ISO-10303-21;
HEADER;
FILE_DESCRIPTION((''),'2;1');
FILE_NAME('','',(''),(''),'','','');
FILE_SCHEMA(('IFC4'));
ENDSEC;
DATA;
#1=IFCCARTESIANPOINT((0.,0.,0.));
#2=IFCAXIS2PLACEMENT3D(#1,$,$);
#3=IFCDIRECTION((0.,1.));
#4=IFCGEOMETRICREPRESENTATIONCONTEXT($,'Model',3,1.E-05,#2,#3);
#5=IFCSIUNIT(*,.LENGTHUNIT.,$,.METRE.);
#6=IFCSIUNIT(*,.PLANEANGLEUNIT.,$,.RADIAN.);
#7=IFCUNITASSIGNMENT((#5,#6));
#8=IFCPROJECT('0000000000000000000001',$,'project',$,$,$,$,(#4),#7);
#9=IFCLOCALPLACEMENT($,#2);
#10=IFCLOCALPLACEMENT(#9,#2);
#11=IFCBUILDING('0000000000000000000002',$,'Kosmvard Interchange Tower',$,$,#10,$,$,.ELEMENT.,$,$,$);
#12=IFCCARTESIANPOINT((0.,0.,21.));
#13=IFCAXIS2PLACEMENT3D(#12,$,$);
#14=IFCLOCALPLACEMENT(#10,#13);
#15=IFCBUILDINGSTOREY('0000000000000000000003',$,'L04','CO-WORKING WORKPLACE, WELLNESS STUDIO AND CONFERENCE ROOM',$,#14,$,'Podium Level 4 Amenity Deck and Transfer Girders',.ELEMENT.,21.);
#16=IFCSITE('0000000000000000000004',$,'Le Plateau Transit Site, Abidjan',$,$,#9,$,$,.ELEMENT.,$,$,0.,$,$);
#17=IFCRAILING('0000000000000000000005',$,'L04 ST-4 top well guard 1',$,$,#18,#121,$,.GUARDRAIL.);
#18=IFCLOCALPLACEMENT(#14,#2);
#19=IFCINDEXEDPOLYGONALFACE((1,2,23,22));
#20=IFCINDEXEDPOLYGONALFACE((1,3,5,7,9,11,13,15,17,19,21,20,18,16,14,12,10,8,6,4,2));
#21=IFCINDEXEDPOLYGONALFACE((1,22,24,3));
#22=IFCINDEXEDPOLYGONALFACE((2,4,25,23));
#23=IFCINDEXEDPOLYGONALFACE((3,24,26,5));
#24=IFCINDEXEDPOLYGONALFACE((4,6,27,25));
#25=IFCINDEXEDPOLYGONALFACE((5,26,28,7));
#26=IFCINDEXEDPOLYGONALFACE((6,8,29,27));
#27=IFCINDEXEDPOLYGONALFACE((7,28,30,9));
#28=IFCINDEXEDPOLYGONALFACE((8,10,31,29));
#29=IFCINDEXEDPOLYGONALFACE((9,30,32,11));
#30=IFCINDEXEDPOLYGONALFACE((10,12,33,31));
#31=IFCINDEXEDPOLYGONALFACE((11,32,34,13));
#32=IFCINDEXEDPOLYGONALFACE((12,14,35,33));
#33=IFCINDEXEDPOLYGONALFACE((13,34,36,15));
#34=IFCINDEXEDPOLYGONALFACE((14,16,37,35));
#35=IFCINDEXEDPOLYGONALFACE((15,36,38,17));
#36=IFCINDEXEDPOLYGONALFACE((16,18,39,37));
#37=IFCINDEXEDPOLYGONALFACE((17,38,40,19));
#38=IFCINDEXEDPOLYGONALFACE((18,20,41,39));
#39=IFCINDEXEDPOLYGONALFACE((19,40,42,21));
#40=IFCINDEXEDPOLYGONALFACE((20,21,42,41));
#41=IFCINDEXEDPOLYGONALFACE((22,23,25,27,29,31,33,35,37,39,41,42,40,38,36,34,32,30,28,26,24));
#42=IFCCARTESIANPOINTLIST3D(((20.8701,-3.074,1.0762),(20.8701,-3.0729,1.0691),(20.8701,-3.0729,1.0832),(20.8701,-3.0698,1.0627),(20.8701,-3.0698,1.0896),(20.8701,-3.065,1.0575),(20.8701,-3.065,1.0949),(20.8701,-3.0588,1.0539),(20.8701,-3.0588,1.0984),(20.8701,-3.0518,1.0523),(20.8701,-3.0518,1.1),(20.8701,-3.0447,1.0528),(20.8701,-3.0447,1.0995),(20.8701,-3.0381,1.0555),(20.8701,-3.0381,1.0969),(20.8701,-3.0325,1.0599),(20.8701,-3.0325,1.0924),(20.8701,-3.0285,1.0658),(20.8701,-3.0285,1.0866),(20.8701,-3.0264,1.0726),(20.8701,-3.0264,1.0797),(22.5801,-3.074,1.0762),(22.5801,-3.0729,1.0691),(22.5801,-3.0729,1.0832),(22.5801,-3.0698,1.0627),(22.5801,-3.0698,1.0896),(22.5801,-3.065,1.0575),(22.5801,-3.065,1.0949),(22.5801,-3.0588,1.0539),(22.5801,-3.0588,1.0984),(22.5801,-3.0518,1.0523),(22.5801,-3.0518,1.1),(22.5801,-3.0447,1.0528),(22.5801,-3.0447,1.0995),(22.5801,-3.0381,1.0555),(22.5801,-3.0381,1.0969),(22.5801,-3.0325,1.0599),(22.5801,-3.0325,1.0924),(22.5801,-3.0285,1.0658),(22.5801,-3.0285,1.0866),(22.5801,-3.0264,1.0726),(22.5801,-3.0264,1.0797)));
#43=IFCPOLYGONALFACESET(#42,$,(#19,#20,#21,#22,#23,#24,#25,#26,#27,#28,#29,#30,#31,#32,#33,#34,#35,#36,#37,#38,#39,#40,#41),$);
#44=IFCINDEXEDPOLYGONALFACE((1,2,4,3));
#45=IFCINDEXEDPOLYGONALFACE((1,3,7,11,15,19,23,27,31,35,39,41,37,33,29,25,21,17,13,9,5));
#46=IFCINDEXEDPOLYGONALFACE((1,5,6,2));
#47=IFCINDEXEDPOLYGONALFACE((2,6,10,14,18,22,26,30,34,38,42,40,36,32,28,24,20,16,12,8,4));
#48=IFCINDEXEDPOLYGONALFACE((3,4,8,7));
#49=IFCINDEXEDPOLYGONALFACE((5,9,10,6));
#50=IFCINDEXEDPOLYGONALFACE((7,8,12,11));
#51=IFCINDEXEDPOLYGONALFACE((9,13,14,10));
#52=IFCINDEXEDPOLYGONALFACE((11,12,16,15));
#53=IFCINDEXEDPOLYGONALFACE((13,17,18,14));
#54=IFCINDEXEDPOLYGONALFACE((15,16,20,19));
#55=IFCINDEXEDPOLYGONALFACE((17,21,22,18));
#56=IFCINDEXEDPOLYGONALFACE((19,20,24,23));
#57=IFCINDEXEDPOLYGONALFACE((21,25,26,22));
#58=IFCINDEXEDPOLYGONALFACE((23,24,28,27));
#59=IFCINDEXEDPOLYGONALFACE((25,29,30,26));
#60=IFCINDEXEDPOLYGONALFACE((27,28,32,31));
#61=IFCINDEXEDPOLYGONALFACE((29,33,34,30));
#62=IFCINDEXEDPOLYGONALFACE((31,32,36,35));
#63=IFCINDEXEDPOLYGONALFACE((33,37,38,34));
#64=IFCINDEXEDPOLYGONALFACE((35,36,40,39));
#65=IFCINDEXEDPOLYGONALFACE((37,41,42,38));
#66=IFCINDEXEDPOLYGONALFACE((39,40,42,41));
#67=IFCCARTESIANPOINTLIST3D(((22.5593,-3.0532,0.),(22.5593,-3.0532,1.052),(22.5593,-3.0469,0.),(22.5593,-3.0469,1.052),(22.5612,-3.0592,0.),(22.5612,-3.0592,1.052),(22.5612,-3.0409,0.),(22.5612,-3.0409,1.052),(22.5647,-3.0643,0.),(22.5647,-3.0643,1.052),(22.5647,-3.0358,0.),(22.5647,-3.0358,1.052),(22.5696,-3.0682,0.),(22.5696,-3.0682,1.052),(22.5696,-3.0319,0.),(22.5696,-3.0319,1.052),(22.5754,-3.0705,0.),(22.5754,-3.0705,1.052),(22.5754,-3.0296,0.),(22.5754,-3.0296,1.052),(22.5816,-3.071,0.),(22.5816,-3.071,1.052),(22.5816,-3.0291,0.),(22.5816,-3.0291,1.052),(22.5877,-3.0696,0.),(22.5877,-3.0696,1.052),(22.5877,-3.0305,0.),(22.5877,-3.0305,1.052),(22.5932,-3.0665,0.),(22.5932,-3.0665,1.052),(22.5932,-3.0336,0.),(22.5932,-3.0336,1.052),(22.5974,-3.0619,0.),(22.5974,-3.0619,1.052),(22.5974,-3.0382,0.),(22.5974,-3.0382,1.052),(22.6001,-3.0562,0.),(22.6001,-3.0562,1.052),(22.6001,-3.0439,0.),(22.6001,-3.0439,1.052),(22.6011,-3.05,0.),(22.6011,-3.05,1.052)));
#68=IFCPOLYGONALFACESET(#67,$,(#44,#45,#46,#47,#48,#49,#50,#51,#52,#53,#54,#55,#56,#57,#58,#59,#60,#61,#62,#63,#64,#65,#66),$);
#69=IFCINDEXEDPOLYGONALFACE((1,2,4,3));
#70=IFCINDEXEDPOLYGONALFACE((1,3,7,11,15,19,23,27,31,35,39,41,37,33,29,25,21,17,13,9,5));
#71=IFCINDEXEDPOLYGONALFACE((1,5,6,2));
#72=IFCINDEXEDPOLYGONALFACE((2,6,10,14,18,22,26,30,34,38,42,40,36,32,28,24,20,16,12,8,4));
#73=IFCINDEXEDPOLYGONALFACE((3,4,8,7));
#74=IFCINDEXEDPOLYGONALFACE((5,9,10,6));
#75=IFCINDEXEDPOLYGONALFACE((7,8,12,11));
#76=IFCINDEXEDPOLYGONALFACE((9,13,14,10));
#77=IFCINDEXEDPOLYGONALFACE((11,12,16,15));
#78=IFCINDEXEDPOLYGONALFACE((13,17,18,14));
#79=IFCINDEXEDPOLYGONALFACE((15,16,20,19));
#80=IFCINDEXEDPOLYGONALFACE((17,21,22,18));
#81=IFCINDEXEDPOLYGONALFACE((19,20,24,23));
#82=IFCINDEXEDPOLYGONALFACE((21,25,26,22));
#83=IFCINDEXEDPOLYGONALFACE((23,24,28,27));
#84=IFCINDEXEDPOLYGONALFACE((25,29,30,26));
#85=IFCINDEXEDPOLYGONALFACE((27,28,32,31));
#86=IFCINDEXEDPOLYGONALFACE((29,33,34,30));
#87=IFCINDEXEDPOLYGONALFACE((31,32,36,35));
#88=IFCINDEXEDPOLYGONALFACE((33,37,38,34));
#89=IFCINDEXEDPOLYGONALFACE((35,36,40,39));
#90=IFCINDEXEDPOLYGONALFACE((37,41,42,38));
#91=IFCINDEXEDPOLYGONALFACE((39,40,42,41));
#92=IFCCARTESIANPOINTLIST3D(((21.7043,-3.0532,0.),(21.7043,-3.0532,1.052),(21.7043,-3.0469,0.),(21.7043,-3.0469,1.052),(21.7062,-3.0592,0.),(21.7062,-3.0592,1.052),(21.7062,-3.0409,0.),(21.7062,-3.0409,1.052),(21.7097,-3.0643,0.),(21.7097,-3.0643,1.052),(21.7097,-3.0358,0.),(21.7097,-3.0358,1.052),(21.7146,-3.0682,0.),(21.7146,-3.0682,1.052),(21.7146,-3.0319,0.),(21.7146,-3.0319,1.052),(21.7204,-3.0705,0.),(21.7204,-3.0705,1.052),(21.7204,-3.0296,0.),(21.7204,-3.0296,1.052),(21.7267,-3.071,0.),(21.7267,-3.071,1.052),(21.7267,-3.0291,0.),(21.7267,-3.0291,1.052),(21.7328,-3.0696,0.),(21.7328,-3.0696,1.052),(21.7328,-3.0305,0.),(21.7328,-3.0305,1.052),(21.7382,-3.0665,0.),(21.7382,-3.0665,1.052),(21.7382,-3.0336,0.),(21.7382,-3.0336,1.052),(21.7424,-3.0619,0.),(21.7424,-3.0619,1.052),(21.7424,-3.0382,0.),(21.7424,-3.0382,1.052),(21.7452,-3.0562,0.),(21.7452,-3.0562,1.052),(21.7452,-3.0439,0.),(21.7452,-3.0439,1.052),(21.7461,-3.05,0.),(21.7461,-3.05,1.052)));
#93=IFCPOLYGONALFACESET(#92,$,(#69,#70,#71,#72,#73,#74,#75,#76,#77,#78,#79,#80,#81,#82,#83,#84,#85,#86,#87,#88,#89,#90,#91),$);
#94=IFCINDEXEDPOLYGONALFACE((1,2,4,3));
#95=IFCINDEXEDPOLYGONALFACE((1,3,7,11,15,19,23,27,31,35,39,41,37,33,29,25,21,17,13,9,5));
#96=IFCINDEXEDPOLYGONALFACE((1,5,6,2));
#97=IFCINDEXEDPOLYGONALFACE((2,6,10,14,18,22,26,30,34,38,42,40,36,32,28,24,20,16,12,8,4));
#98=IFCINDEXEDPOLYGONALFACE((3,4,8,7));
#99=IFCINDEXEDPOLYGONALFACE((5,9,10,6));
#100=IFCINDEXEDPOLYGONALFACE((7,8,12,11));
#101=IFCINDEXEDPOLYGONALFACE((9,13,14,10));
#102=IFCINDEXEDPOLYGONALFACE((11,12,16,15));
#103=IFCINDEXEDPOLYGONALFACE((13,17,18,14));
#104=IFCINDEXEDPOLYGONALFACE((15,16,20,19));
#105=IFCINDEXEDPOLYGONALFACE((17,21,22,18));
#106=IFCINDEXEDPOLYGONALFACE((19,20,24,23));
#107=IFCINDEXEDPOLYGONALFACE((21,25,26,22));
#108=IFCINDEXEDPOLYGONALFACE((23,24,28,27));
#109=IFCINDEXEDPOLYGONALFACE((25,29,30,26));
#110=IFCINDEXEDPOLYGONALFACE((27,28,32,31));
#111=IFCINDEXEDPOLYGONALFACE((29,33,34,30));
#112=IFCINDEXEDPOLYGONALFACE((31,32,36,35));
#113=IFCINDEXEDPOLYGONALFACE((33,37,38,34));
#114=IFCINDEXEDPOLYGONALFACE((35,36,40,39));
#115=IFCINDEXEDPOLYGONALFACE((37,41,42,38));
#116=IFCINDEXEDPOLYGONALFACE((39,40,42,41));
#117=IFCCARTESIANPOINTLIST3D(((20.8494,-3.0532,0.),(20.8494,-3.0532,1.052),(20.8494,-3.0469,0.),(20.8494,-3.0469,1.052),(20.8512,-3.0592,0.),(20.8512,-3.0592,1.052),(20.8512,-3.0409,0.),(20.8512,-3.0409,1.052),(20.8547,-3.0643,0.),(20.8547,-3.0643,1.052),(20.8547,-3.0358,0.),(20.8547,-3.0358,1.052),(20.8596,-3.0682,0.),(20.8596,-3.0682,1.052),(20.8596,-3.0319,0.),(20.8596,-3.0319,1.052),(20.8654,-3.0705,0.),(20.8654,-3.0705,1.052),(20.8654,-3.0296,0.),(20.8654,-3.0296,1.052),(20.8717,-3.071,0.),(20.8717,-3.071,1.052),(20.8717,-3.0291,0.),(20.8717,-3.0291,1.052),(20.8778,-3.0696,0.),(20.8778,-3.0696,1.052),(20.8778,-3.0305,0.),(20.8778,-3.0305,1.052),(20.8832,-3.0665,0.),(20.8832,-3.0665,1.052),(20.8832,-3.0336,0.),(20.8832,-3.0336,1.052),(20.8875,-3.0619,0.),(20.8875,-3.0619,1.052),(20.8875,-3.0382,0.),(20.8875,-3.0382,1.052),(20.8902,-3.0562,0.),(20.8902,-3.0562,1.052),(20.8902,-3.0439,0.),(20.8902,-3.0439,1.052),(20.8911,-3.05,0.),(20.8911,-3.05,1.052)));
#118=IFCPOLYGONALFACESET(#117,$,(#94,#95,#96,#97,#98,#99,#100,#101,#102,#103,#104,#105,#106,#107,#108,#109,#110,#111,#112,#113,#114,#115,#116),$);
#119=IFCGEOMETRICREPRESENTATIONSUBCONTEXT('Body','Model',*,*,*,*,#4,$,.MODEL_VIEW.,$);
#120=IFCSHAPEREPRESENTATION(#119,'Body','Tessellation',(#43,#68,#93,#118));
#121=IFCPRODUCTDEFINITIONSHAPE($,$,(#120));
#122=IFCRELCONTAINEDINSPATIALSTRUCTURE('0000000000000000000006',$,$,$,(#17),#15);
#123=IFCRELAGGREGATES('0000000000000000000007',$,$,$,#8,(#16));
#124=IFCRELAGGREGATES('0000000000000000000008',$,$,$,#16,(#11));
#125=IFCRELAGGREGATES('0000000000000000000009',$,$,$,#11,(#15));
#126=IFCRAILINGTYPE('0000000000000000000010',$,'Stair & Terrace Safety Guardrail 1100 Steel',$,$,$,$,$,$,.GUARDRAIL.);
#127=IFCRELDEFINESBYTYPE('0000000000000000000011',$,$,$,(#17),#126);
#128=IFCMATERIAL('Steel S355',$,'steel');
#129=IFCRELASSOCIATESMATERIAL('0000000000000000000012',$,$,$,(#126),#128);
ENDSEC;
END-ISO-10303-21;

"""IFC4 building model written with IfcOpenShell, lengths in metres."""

from ifc_helpers import new_model, si_unit, direction, frame, origin, origin_2d, place, context, subcontext, project, spatial, circle, extrude, source, transform, mapped, material, type_object, element, save


model = new_model("IFC4")

# Units and contexts
model_context = context("Model", 3, precision=1e-05, world=origin(), true_north=direction((0.0, 1.0)))
body_context = subcontext(model_context, "Body", "Model", "MODEL_VIEW")
ifc_project = project(units=[si_unit("LENGTHUNIT", "METRE"), si_unit("PLANEANGLEUNIT", "RADIAN")], contexts=[model_context])

# Site, building, storey
site_placement = place(None, origin())
site = spatial("IfcSite", under=ifc_project, at=site_placement, Name="Le Plateau Transit Site, Abidjan", CompositionType="ELEMENT", RefElevation=0.0)
building_placement = place(site_placement, origin())
building = spatial("IfcBuilding", under=site, at=building_placement, Name="Kosmvard Interchange Tower", CompositionType="ELEMENT")
storey_placement = place(building_placement, frame((0.0, 0.0, 21.0)))
storey = spatial("IfcBuildingStorey", under=building, at=storey_placement, Name="L04", Description="CO-WORKING WORKPLACE, WELLNESS STUDIO AND CONFERENCE ROOM", LongName="Podium Level 4 Amenity Deck and Transfer Girders", CompositionType="ELEMENT", Elevation=21.0)

# Shared definitions
ifc_material_1 = material(Name="Steel S355", Category="steel")

# Railing
railing_type_1 = type_object("IfcRailingType", Name="Stair & Terrace Safety Guardrail 1100 Steel", PredefinedType="GUARDRAIL", material=ifc_material_1)
shared_shape_1 = source(origin(), body_context, "Body", "SweptSolid", [
    extrude(circle(Radius=0.0239, at=origin_2d()), frame((0.0, 0.0, 1.0762), z_axis=(-1.0, 0.0, 0.0), x_axis=(0.0, -1.0, 0.0)), (0.0, 0.0, 1.0), 1.71),
    extrude(circle(Radius=0.021, at=origin_2d()), origin(), (0.0, 0.0, 1.0), 1.052),
    extrude(circle(Radius=0.021, at=origin_2d()), frame((-0.855, 0.0, 0.0)), (0.0, 0.0, 1.0), 1.052),
    extrude(circle(Radius=0.021, at=origin_2d()), frame((-1.71, 0.0, 0.0)), (0.0, 0.0, 1.0), 1.052),
])
railing_1_placement = place(storey_placement, frame((22.5801, -3.05, 0.0)))
element("IfcRailing", 1, at=railing_1_placement, inside=storey, type_object=railing_type_1, Name="L04 ST-4 top well guard 1", PredefinedType="GUARDRAIL", context=body_context, shape_type="MappedRepresentation", body=[
    mapped(shared_shape_1, transform((0.0, 0.0, 0.0), scale=1.0)),
])

save(model, "model.ifc")
